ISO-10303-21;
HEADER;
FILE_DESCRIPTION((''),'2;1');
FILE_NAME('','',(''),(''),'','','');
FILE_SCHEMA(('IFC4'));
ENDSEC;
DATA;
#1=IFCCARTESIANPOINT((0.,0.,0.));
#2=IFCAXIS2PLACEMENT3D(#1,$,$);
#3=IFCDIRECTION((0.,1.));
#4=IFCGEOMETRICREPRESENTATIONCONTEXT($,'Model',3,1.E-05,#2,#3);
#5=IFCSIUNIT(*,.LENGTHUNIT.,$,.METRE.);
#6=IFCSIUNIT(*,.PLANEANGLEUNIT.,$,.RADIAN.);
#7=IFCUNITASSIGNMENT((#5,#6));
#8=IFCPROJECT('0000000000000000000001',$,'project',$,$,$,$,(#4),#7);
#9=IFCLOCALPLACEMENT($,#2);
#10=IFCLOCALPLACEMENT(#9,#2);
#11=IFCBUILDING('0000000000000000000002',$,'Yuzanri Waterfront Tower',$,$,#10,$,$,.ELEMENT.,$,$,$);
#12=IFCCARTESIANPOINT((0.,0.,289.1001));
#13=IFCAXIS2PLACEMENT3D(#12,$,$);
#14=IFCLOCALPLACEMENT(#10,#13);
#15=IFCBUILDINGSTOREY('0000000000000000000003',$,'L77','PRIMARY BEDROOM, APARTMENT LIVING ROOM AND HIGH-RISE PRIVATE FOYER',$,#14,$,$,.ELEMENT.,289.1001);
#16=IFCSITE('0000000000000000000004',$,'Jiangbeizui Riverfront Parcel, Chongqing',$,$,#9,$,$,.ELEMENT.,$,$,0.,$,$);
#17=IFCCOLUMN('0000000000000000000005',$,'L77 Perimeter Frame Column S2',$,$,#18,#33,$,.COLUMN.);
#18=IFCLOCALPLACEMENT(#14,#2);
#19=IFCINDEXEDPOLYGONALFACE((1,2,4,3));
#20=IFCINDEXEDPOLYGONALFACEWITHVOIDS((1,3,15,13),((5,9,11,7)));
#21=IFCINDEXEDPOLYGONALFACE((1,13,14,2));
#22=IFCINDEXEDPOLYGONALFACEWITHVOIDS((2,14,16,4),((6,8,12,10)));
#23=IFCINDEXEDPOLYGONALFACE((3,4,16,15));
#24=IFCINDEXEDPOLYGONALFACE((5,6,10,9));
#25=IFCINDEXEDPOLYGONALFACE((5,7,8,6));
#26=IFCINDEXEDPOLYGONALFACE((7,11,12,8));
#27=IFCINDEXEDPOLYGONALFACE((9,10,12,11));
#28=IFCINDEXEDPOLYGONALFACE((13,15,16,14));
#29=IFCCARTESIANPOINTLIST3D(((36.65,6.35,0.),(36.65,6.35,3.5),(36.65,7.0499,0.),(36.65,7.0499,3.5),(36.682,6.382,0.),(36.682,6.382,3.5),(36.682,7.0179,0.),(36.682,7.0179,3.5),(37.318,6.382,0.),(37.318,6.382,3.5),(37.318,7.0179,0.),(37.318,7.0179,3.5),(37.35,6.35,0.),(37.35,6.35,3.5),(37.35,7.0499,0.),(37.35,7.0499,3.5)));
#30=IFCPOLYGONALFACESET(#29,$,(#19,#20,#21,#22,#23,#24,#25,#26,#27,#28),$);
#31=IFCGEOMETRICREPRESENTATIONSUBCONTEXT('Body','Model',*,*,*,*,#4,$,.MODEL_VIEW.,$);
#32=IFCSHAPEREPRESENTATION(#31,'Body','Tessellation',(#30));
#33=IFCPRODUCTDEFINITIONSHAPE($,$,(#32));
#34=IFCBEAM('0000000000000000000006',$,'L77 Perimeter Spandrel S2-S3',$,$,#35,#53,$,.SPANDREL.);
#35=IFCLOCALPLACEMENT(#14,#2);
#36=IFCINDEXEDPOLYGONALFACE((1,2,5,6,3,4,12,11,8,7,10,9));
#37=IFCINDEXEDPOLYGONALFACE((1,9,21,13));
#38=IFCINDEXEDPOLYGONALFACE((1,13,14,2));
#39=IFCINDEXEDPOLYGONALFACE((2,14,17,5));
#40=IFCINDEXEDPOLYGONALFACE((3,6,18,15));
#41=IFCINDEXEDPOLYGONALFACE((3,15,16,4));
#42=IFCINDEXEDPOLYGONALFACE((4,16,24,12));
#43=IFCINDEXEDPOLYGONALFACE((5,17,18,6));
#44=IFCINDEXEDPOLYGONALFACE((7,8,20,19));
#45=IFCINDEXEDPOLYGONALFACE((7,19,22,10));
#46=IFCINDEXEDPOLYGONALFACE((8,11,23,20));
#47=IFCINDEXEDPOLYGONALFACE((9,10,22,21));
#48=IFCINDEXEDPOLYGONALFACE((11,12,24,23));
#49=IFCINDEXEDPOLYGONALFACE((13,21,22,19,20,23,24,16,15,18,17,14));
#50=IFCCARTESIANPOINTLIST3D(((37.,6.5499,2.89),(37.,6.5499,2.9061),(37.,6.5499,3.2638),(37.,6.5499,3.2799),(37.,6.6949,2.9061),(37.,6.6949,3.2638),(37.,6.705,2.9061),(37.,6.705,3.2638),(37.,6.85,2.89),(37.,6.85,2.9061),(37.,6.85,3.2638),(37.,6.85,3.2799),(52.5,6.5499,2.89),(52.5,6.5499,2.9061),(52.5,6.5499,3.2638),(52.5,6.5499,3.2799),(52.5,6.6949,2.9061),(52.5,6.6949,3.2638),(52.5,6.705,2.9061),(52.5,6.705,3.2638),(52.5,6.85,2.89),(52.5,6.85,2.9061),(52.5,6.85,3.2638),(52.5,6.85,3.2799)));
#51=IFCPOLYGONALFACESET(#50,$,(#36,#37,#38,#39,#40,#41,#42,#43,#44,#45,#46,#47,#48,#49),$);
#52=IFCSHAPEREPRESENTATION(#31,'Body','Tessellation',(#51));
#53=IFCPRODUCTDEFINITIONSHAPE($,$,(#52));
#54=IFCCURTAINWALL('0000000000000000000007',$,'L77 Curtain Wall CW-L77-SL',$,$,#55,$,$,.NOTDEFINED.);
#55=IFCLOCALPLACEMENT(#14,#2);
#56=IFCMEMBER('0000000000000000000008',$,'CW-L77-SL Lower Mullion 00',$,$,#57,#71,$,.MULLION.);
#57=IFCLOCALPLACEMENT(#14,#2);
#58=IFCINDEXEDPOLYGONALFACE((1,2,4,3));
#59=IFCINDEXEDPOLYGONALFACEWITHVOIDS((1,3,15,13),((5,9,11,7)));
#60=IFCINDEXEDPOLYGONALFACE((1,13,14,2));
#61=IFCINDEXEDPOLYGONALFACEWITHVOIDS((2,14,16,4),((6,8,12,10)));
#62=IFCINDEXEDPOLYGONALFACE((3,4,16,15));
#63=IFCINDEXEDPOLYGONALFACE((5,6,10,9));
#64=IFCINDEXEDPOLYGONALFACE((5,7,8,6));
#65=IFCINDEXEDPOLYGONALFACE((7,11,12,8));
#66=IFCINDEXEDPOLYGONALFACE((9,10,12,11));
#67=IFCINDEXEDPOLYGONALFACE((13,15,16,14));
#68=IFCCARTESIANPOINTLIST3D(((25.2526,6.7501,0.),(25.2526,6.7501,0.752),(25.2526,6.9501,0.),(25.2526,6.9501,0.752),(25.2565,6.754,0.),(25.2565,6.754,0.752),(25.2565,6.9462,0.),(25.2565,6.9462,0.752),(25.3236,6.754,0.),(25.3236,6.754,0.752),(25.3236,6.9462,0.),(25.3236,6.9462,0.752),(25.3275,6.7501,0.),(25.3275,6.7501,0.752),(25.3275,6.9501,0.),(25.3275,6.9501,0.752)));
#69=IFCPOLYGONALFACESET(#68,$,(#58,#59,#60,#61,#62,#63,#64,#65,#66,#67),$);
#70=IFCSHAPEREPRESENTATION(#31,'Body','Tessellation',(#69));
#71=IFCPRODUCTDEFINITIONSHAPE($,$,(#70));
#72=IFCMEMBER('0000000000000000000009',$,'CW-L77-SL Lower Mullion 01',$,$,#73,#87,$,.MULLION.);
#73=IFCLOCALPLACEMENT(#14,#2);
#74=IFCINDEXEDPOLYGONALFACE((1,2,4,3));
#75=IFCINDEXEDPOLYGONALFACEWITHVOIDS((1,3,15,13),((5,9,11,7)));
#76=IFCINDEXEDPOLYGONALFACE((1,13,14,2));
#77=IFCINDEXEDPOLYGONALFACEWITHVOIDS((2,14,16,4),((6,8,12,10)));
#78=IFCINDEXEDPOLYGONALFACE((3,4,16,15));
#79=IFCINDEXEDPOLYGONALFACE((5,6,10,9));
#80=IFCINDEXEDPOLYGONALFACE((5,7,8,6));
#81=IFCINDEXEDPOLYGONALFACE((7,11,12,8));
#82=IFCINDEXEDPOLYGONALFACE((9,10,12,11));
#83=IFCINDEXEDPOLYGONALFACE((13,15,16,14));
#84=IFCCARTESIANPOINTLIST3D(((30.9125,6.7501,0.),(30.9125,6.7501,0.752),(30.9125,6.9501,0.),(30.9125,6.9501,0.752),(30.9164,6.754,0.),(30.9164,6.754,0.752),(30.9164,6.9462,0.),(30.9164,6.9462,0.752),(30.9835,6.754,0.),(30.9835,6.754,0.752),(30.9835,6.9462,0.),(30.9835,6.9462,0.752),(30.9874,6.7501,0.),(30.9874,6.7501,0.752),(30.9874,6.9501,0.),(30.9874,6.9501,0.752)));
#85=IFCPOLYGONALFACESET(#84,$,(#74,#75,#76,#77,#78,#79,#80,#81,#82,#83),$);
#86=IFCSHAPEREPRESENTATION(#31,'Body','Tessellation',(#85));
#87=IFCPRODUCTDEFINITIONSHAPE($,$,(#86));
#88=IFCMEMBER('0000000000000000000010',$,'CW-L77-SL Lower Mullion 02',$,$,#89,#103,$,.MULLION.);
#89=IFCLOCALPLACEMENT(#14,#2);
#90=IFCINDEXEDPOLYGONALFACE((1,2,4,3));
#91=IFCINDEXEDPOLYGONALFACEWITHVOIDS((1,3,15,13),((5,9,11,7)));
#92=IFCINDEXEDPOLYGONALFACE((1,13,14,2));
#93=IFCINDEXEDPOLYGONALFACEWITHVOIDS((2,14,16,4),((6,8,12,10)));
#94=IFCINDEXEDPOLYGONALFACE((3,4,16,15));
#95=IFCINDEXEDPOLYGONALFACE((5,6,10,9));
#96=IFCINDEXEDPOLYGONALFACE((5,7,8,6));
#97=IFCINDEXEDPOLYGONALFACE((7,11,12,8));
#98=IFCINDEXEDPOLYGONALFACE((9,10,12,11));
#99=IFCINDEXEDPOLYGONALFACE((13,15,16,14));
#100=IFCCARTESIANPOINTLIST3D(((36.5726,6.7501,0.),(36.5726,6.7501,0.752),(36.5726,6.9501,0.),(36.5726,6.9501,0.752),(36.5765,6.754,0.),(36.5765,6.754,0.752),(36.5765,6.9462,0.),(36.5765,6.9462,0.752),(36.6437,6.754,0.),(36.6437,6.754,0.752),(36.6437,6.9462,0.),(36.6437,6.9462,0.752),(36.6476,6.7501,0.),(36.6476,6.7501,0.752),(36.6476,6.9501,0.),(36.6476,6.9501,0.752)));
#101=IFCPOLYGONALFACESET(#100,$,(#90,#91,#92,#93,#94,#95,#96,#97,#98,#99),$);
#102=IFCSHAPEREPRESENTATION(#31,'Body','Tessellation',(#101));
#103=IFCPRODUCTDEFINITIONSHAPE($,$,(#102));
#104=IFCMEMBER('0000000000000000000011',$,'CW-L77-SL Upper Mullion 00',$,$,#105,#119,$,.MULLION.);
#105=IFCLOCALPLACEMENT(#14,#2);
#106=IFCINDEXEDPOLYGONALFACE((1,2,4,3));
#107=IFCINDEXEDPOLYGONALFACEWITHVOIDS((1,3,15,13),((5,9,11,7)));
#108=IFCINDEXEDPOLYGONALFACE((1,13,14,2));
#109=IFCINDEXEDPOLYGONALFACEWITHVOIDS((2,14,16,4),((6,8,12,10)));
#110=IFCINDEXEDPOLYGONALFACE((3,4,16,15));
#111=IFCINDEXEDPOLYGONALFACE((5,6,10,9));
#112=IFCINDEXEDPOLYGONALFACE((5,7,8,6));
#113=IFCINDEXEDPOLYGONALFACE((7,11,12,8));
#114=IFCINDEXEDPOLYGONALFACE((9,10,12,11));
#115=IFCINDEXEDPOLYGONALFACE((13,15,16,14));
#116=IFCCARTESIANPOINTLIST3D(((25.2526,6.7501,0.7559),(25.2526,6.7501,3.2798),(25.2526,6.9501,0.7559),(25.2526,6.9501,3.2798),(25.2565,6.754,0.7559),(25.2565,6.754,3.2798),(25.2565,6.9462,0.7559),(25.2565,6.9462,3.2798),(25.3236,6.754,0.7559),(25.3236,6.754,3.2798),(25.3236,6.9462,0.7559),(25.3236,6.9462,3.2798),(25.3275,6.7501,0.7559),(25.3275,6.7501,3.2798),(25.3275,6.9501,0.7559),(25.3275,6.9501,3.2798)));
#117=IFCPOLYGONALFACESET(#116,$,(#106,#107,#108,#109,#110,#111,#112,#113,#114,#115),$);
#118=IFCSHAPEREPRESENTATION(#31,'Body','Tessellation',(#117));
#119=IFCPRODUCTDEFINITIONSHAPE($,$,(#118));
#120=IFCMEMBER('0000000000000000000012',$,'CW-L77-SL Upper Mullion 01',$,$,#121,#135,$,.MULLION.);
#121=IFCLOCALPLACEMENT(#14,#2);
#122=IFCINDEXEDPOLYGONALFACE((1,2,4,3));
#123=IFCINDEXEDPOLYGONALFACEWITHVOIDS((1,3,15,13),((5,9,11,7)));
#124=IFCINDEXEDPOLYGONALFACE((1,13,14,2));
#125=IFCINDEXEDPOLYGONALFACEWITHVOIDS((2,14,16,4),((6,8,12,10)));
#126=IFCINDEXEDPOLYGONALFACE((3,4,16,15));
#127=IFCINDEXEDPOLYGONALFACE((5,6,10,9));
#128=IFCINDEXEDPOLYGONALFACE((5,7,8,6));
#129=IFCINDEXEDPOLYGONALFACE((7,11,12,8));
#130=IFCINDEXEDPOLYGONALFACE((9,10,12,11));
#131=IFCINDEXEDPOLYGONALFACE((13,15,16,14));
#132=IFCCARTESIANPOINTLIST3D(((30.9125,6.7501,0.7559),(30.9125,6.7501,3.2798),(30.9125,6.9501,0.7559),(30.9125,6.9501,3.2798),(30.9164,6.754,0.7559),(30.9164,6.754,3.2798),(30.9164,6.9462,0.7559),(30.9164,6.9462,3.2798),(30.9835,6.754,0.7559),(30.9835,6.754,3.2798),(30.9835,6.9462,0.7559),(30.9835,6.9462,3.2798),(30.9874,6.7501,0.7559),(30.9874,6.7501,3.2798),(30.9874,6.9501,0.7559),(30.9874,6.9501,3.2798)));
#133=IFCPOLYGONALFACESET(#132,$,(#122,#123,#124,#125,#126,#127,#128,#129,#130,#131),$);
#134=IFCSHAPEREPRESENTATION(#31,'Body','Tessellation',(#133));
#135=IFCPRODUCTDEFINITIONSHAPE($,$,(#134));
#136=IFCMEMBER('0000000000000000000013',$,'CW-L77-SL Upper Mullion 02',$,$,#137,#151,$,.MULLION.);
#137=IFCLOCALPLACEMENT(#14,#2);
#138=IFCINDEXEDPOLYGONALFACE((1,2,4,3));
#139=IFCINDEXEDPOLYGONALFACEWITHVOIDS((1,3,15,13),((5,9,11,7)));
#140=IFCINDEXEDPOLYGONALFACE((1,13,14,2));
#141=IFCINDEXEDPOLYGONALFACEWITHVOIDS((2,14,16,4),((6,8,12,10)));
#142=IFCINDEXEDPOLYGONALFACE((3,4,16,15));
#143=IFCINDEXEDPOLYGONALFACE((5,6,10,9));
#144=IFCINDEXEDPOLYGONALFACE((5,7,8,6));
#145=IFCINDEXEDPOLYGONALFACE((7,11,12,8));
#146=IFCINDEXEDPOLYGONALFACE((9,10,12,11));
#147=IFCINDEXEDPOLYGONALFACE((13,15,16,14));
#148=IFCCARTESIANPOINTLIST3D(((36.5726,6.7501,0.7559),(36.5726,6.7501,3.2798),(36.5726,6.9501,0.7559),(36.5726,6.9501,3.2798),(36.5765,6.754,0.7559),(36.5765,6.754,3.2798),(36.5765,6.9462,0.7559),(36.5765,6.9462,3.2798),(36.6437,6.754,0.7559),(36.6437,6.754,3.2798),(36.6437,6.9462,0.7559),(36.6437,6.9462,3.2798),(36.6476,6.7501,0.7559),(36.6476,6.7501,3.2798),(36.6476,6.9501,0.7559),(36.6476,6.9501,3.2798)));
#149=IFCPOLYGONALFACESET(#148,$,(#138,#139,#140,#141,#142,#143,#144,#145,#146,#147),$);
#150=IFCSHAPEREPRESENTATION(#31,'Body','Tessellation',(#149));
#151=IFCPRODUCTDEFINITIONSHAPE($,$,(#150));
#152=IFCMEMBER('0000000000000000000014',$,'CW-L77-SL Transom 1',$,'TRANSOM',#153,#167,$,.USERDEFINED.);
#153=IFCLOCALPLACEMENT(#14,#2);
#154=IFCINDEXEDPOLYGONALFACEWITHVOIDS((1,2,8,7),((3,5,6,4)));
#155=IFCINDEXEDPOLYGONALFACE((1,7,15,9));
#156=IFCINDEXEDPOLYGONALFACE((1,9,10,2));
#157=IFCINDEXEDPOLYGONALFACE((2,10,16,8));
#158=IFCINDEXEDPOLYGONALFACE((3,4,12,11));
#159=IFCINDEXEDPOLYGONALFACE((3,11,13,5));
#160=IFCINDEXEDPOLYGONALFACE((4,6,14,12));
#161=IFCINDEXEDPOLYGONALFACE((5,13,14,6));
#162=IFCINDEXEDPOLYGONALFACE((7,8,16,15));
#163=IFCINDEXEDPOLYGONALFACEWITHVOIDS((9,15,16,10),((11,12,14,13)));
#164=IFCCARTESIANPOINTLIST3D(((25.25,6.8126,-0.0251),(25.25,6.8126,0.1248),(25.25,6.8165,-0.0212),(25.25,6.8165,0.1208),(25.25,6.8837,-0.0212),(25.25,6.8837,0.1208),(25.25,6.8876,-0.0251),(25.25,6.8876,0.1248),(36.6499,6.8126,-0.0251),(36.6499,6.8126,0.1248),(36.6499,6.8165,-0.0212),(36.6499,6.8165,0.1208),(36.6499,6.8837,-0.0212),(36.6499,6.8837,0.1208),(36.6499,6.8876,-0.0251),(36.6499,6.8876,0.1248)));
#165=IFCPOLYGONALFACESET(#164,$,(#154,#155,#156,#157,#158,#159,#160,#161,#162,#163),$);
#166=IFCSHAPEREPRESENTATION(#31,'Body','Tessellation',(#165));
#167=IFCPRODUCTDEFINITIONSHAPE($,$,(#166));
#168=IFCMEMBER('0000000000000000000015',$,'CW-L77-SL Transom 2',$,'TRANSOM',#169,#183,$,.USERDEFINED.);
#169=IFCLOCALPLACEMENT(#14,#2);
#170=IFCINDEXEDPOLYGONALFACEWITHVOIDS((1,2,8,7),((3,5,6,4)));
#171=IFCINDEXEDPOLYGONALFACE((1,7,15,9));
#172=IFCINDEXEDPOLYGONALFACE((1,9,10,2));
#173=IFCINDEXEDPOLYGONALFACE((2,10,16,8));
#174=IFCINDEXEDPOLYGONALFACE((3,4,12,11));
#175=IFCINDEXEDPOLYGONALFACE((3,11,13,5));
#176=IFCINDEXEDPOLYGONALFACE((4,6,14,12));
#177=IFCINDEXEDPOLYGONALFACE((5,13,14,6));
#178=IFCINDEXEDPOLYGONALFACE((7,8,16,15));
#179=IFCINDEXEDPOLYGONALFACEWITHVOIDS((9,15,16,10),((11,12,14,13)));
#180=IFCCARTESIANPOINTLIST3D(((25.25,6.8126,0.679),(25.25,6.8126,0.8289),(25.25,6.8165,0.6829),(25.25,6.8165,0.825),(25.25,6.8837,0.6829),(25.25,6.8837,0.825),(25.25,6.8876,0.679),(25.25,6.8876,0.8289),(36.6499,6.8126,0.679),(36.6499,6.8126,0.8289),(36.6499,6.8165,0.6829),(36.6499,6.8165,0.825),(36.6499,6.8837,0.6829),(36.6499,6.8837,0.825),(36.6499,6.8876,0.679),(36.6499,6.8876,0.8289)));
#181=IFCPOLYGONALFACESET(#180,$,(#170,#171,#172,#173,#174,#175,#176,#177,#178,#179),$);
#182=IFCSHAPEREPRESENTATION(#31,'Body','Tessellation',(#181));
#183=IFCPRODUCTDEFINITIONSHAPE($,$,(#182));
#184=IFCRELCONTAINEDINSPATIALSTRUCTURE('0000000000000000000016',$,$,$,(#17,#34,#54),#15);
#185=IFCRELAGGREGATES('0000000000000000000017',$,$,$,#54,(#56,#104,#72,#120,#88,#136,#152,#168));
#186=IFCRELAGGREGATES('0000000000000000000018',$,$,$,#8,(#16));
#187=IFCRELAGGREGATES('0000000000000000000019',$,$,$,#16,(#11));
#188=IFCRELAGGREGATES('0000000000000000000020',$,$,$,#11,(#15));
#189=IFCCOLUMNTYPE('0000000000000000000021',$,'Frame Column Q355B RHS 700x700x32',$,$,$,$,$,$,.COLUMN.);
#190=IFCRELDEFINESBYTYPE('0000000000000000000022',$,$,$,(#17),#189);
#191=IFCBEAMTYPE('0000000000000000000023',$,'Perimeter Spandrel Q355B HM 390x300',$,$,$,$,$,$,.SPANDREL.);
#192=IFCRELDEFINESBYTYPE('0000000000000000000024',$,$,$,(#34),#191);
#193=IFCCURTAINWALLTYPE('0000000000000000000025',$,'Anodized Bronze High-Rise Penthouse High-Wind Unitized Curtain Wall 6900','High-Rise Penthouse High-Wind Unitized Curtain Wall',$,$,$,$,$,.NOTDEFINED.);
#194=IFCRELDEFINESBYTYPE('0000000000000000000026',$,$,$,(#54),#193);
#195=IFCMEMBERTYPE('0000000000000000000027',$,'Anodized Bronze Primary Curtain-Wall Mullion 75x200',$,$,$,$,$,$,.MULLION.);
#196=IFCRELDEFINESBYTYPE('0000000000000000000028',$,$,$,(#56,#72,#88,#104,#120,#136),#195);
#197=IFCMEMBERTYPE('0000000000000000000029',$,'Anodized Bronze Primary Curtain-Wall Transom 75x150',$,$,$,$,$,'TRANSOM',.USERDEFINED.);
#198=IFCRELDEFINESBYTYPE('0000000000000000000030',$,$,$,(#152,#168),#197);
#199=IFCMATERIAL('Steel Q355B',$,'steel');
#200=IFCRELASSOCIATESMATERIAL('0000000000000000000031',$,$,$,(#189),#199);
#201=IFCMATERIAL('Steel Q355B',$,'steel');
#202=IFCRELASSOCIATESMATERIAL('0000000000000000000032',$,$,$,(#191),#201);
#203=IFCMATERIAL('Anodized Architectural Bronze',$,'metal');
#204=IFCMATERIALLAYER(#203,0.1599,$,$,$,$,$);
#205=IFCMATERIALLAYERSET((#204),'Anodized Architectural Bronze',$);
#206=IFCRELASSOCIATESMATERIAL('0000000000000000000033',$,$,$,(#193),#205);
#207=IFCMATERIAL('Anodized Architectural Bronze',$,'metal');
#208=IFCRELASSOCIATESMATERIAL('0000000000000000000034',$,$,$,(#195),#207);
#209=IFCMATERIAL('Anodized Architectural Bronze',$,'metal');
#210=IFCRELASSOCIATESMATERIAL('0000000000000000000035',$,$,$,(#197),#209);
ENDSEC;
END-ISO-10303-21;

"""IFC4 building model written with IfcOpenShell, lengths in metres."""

from ifc_helpers import new_model, si_unit, direction, frame, origin, origin_2d, place, context, subcontext, project, spatial, hollow_rectangle, i_section, extrude, source, transform, mapped, material, layer, layer_set, material_profile, profile_set, type_object, element, aggregate, save


model = new_model("IFC4")

# Units and contexts
model_context = context("Model", 3, precision=1e-05, world=origin(), true_north=direction((0.0, 1.0)))
body_context = subcontext(model_context, "Body", "Model", "MODEL_VIEW")
ifc_project = project(units=[si_unit("LENGTHUNIT", "METRE"), si_unit("PLANEANGLEUNIT", "RADIAN")], contexts=[model_context])

# Site, building, storey
site_placement = place(None, origin())
site = spatial("IfcSite", under=ifc_project, at=site_placement, Name="Jiangbeizui Riverfront Parcel, Chongqing", CompositionType="ELEMENT", RefElevation=0.0)
building_placement = place(site_placement, origin())
building = spatial("IfcBuilding", under=site, at=building_placement, Name="Yuzanri Waterfront Tower", CompositionType="ELEMENT")
storey_placement = place(building_placement, frame((0.0, 0.0, 289.1001)))
storey = spatial("IfcBuildingStorey", under=building, at=storey_placement, Name="L77", Description="PRIMARY BEDROOM, APARTMENT LIVING ROOM AND HIGH-RISE PRIVATE FOYER", CompositionType="ELEMENT", Elevation=289.1001)

# Column
ifc_material_1 = material(Name="Steel Q355B", Category="steel")
ifc_material_profile_1 = material_profile(ifc_material_1, hollow_rectangle(XDim=0.7, YDim=0.7, WallThickness=0.032, at=origin_2d()), Name="RHS 700x700x32")
ifc_profile_set_1 = profile_set([ifc_material_profile_1], Name="Steel Q355B")
column_type = type_object("IfcColumnType", Name="Frame Column Q355B RHS 700x700x32", PredefinedType="COLUMN", material=ifc_profile_set_1)
shared_shape_1 = source(origin(), body_context, "Body", "SweptSolid", [
    extrude(hollow_rectangle(XDim=0.7, YDim=0.7, WallThickness=0.032, at=origin_2d()), origin(), (0.0, 0.0, 1.0), 3.5),
])
column_placement = place(storey_placement, frame((37.0, 6.7, 0.0), z_axis=(0.0, 0.0, 1.0), x_axis=(1.0, 0.0, 0.0)))
element("IfcColumn", 1, at=column_placement, inside=storey, type_object=column_type, Name="L77 Perimeter Frame Column S2", PredefinedType="COLUMN", context=body_context, shape_type="MappedRepresentation", body=[
    mapped(shared_shape_1, transform((0.0, 0.0, 0.0), scale=1.0)),
])

# Beam
ifc_material_2 = material(Name="Steel Q355B", Category="steel")
ifc_material_profile_2 = material_profile(ifc_material_2, i_section(OverallWidth=0.3, OverallDepth=0.3899, WebThickness=0.01, FlangeThickness=0.0161, at=origin_2d()), Name="HM 390x300x10x16")
ifc_profile_set_2 = profile_set([ifc_material_profile_2], Name="Steel Q355B")
beam_type = type_object("IfcBeamType", Name="Perimeter Spandrel Q355B HM 390x300", PredefinedType="SPANDREL", material=ifc_profile_set_2)
shared_shape_2 = source(origin(), body_context, "Body", "SweptSolid", [
    extrude(i_section(OverallWidth=0.3, OverallDepth=0.3899, WebThickness=0.01, FlangeThickness=0.0161, at=origin_2d()), origin(), (0.0, 0.0, 1.0), 15.5),
])
beam_placement = place(storey_placement, frame((37.0, 6.7, 3.085), z_axis=(1.0, 0.0, 0.0), x_axis=(0.0, 1.0, 0.0)))
element("IfcBeam", 2, at=beam_placement, inside=storey, type_object=beam_type, Name="L77 Perimeter Spandrel S2-S3", PredefinedType="SPANDREL", context=body_context, shape_type="MappedRepresentation", body=[
    mapped(shared_shape_2, transform((0.0, 0.0, 0.0), scale=1.0)),
])

# Curtain wall, members
ifc_material_3 = material(Name="Anodized Architectural Bronze", Category="metal")
ifc_layer_1 = layer(ifc_material_3, 0.1599)
ifc_layer_set_1 = layer_set([ifc_layer_1], Name="Anodized Architectural Bronze")
curtain_wall_type = type_object("IfcCurtainWallType", Name="Anodized Bronze High-Rise Penthouse High-Wind Unitized Curtain Wall 6900", Description="High-Rise Penthouse High-Wind Unitized Curtain Wall", PredefinedType="NOTDEFINED", material=ifc_layer_set_1)
curtain_wall_placement = place(storey_placement, origin())
curtain_wall = element("IfcCurtainWall", 3, at=curtain_wall_placement, inside=storey, type_object=curtain_wall_type, Name="L77 Curtain Wall CW-L77-SL", PredefinedType="NOTDEFINED")
ifc_material_4 = material(Name="Anodized Architectural Bronze", Category="metal")
ifc_material_profile_3 = material_profile(ifc_material_4, hollow_rectangle(XDim=0.075, YDim=0.2, WallThickness=0.0039, at=origin_2d()), Name="CWM 75x200")
ifc_profile_set_3 = profile_set([ifc_material_profile_3], Name="Anodized Architectural Bronze")
member_type_1 = type_object("IfcMemberType", Name="Anodized Bronze Primary Curtain-Wall Mullion 75x200", PredefinedType="MULLION", material=ifc_profile_set_3)
shared_shape_3 = source(origin(), body_context, "Body", "SweptSolid", [
    extrude(hollow_rectangle(XDim=0.075, YDim=0.2, WallThickness=0.0039, at=origin_2d()), origin(), (0.0, 0.0, 1.0), 0.752),
])
member_1_placement = place(storey_placement, frame((25.29, 6.8501, 0.0), z_axis=(0.0, 0.0, 1.0), x_axis=(1.0, 0.0, 0.0)))
member_1 = element("IfcMember", 4, at=member_1_placement, type_object=member_type_1, Name="CW-L77-SL Lower Mullion 00", PredefinedType="MULLION", context=body_context, shape_type="MappedRepresentation", body=[
    mapped(shared_shape_3, transform((0.0, 0.0, 0.0), scale=1.0)),
])
member_2_placement = place(storey_placement, frame((30.95, 6.8501, 0.0), z_axis=(0.0, 0.0, 1.0), x_axis=(1.0, 0.0, 0.0)))
member_2 = element("IfcMember", 5, at=member_2_placement, type_object=member_type_1, Name="CW-L77-SL Lower Mullion 01", PredefinedType="MULLION", context=body_context, shape_type="MappedRepresentation", body=[
    mapped(shared_shape_3, transform((0.0, 0.0, 0.0), scale=1.0)),
])
member_3_placement = place(storey_placement, frame((36.6101, 6.8501, 0.0), z_axis=(0.0, 0.0, 1.0), x_axis=(1.0, 0.0, 0.0)))
member_3 = element("IfcMember", 6, at=member_3_placement, type_object=member_type_1, Name="CW-L77-SL Lower Mullion 02", PredefinedType="MULLION", context=body_context, shape_type="MappedRepresentation", body=[
    mapped(shared_shape_3, transform((0.0, 0.0, 0.0), scale=1.0)),
])
shared_shape_4 = source(origin(), body_context, "Body", "SweptSolid", [
    extrude(hollow_rectangle(XDim=0.075, YDim=0.2, WallThickness=0.0039, at=origin_2d()), origin(), (0.0, 0.0, 1.0), 2.5239),
])
member_4_placement = place(storey_placement, frame((25.29, 6.8501, 0.7559), z_axis=(0.0, 0.0, 1.0), x_axis=(1.0, 0.0, 0.0)))
member_4 = element("IfcMember", 7, at=member_4_placement, type_object=member_type_1, Name="CW-L77-SL Upper Mullion 00", PredefinedType="MULLION", context=body_context, shape_type="MappedRepresentation", body=[
    mapped(shared_shape_4, transform((0.0, 0.0, 0.0), scale=1.0)),
])
member_5_placement = place(storey_placement, frame((30.95, 6.8501, 0.7559), z_axis=(0.0, 0.0, 1.0), x_axis=(1.0, 0.0, 0.0)))
member_5 = element("IfcMember", 8, at=member_5_placement, type_object=member_type_1, Name="CW-L77-SL Upper Mullion 01", PredefinedType="MULLION", context=body_context, shape_type="MappedRepresentation", body=[
    mapped(shared_shape_4, transform((0.0, 0.0, 0.0), scale=1.0)),
])
member_6_placement = place(storey_placement, frame((36.6101, 6.8501, 0.7559), z_axis=(0.0, 0.0, 1.0), x_axis=(1.0, 0.0, 0.0)))
member_6 = element("IfcMember", 9, at=member_6_placement, type_object=member_type_1, Name="CW-L77-SL Upper Mullion 02", PredefinedType="MULLION", context=body_context, shape_type="MappedRepresentation", body=[
    mapped(shared_shape_4, transform((0.0, 0.0, 0.0), scale=1.0)),
])
ifc_material_5 = material(Name="Anodized Architectural Bronze", Category="metal")
ifc_material_profile_4 = material_profile(ifc_material_5, hollow_rectangle(XDim=0.075, YDim=0.1499, WallThickness=0.0039, at=origin_2d()), Name="CWT 75x150")
ifc_profile_set_4 = profile_set([ifc_material_profile_4], Name="Anodized Architectural Bronze")
member_type_2 = type_object("IfcMemberType", Name="Anodized Bronze Primary Curtain-Wall Transom 75x150", ElementType="TRANSOM", PredefinedType="USERDEFINED", material=ifc_profile_set_4)
shared_shape_5 = source(origin(), body_context, "Body", "SweptSolid", [
    extrude(hollow_rectangle(XDim=0.075, YDim=0.1499, WallThickness=0.0039, at=origin_2d()), origin(), (0.0, 0.0, 1.0), 11.3999),
])
member_7_placement = place(storey_placement, frame((25.25, 6.8501, 0.0498), z_axis=(1.0, 0.0, 0.0), x_axis=(0.0, 1.0, 0.0)))
member_7 = element("IfcMember", 10, at=member_7_placement, type_object=member_type_2, Name="CW-L77-SL Transom 1", ObjectType="TRANSOM", PredefinedType="USERDEFINED", context=body_context, shape_type="MappedRepresentation", body=[
    mapped(shared_shape_5, transform((0.0, 0.0, 0.0), scale=1.0)),
])
member_8_placement = place(storey_placement, frame((25.25, 6.8501, 0.7539), z_axis=(1.0, 0.0, 0.0), x_axis=(0.0, 1.0, 0.0)))
member_8 = element("IfcMember", 11, at=member_8_placement, type_object=member_type_2, Name="CW-L77-SL Transom 2", ObjectType="TRANSOM", PredefinedType="USERDEFINED", context=body_context, shape_type="MappedRepresentation", body=[
    mapped(shared_shape_5, transform((0.0, 0.0, 0.0), scale=1.0)),
])

aggregate(curtain_wall, [member_1, member_4, member_2, member_5, member_3, member_6, member_7, member_8])

save(model, "model.ifc")
